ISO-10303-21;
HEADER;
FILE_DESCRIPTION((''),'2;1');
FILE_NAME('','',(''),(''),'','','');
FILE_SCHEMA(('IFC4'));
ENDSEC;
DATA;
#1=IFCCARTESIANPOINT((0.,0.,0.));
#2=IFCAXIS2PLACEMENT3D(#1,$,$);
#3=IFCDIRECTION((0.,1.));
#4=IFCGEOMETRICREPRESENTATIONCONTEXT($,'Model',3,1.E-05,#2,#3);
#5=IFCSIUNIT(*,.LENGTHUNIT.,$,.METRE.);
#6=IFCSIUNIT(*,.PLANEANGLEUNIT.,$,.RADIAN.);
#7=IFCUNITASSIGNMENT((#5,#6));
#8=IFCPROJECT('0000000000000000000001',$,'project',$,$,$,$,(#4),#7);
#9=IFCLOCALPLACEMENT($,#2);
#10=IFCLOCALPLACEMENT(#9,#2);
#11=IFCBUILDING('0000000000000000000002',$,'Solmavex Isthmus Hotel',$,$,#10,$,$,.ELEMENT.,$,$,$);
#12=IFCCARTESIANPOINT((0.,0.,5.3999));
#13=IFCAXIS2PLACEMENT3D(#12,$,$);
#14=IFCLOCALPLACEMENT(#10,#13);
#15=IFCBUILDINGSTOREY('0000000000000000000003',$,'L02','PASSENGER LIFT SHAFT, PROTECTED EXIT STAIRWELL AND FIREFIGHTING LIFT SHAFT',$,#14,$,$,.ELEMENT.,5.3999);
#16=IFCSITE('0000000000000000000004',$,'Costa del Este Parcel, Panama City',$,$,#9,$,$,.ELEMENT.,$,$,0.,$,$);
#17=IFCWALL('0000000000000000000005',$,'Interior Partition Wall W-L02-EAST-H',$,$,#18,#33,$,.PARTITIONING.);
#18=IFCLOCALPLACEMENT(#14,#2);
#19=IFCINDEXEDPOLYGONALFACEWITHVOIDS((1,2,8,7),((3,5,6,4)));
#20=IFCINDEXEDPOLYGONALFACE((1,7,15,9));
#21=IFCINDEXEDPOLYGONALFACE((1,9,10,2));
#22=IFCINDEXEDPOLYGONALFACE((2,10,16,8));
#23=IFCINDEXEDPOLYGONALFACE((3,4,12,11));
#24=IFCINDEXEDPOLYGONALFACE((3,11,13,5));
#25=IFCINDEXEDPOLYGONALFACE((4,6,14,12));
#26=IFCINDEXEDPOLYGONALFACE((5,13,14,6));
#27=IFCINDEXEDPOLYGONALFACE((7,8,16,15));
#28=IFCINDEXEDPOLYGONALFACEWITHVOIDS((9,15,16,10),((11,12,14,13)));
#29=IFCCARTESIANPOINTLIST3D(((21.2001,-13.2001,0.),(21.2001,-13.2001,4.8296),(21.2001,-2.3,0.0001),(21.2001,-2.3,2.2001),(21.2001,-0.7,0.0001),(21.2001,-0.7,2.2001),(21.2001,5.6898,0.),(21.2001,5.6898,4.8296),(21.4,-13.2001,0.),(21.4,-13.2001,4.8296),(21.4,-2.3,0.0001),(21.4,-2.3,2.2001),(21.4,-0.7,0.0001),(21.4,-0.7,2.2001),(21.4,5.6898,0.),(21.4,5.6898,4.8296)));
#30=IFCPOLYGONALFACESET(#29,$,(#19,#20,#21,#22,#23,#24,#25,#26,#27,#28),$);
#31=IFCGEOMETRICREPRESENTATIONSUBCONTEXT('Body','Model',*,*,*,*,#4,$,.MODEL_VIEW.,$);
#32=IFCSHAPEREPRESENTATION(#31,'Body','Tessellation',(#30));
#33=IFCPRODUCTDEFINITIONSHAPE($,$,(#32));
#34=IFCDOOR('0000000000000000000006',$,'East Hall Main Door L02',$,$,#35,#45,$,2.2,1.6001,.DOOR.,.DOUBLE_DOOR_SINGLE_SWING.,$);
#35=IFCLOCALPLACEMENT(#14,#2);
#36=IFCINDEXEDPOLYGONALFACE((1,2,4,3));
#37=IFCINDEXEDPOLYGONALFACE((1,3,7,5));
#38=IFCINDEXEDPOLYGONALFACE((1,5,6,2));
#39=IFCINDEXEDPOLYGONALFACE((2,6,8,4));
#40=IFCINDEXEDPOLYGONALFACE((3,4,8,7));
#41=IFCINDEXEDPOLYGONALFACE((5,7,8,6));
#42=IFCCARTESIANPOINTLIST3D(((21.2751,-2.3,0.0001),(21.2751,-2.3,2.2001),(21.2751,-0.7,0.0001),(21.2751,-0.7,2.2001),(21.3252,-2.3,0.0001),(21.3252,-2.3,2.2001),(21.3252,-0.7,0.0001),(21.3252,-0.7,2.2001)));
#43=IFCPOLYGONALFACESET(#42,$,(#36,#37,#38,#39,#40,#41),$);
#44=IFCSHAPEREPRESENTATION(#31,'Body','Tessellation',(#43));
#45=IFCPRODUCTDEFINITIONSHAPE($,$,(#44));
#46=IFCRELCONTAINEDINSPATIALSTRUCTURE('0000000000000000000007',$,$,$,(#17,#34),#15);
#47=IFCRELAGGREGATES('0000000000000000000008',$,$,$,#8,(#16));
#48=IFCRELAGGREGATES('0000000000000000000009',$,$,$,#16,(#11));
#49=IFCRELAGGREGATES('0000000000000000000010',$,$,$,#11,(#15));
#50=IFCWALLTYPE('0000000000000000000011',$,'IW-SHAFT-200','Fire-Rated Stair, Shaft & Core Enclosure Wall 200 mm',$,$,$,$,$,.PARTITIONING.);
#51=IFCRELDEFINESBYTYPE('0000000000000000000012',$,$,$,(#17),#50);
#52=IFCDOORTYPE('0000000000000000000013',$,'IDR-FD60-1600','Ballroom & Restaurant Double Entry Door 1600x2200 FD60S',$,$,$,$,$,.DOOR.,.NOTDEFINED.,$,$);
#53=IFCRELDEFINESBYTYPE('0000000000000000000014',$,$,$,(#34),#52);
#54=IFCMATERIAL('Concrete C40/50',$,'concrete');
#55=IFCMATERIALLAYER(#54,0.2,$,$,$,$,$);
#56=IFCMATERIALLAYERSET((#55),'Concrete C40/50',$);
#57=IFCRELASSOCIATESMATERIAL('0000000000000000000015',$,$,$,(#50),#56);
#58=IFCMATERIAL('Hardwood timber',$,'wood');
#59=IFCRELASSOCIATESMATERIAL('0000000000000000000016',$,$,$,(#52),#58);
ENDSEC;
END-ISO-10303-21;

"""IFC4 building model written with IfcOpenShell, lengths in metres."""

from ifc_helpers import new_model, si_unit, direction, frame, frame_2d, origin, place, context, subcontext, project, spatial, rectangle, extrude, material, layer, layer_set, type_object, element, fill, save


model = new_model("IFC4")

# Units and contexts
model_context = context("Model", 3, precision=1e-05, world=origin(), true_north=direction((0.0, 1.0)))
body_context = subcontext(model_context, "Body", "Model", "MODEL_VIEW")
ifc_project = project(units=[si_unit("LENGTHUNIT", "METRE"), si_unit("PLANEANGLEUNIT", "RADIAN")], contexts=[model_context])

# Site, building, storey
site_placement = place(None, origin())
site = spatial("IfcSite", under=ifc_project, at=site_placement, Name="Costa del Este Parcel, Panama City", CompositionType="ELEMENT", RefElevation=0.0)
building_placement = place(site_placement, origin())
building = spatial("IfcBuilding", under=site, at=building_placement, Name="Solmavex Isthmus Hotel", CompositionType="ELEMENT")
storey_placement = place(building_placement, frame((0.0, 0.0, 5.3999)))
storey = spatial("IfcBuildingStorey", under=building, at=storey_placement, Name="L02", Description="PASSENGER LIFT SHAFT, PROTECTED EXIT STAIRWELL AND FIREFIGHTING LIFT SHAFT", CompositionType="ELEMENT", Elevation=5.3999)

# Wall, opening, door
ifc_material_1 = material(Name="Concrete C40/50", Category="concrete")
ifc_layer_1 = layer(ifc_material_1, 0.2)
ifc_layer_set_1 = layer_set([ifc_layer_1], Name="Concrete C40/50")
wall_type_1 = type_object("IfcWallType", Name="IW-SHAFT-200", Description="Fire-Rated Stair, Shaft & Core Enclosure Wall 200 mm", PredefinedType="PARTITIONING", material=ifc_layer_set_1)
wall_1_placement = place(storey_placement, frame((21.3, -13.2, 0.0), z_axis=(0.0, 0.0, 1.0), x_axis=(0.0, 1.0, 0.0)))
wall_1 = element("IfcWall", 1, at=wall_1_placement, inside=storey, type_object=wall_type_1, Name="Interior Partition Wall W-L02-EAST-H", PredefinedType="PARTITIONING", context=body_context, shape_type="SweptSolid", body=[
    extrude(rectangle(XDim=18.8899, YDim=0.2, at=frame_2d((9.4448, 0.0))), origin(), (0.0, 0.0, 1.0), 4.8296),
])
opening_1_placement = place(wall_1_placement, frame((10.8999, 0.0, 0.0)))
opening_1 = element("IfcOpeningElement", 2, at=opening_1_placement, cuts=wall_1, PredefinedType="OPENING", context=body_context, shape_type="SweptSolid", body=[
    extrude(rectangle(XDim=1.6001, YDim=2.2, at=frame_2d((0.8, 1.1001))), frame((0.0, 0.1099, 0.0), z_axis=(0.0, -1.0, 0.0), x_axis=(1.0, 0.0, 0.0)), (0.0, 0.0, 1.0), 0.22),
])
ifc_material_2 = material(Name="Hardwood timber", Category="wood")
door_type = type_object("IfcDoorType", Name="IDR-FD60-1600", Description="Ballroom & Restaurant Double Entry Door 1600x2200 FD60S", OperationType="NOTDEFINED", PredefinedType="DOOR", material=ifc_material_2)
door_placement = place(opening_1_placement, origin())
door = element("IfcDoor", 3, at=door_placement, inside=storey, type_object=door_type, Name="East Hall Main Door L02", OperationType="DOUBLE_DOOR_SINGLE_SWING", OverallHeight=2.2, OverallWidth=1.6001, PredefinedType="DOOR", context=body_context, shape_type="SweptSolid", body=[
    extrude(rectangle(XDim=1.6001, YDim=2.2, at=frame_2d((0.8, 1.1001))), frame((0.0, 0.0249, 0.0), z_axis=(0.0, -1.0, 0.0), x_axis=(1.0, 0.0, 0.0)), (0.0, 0.0, 1.0), 0.05),
])
fill(opening_1, door)

save(model, "model.ifc")
